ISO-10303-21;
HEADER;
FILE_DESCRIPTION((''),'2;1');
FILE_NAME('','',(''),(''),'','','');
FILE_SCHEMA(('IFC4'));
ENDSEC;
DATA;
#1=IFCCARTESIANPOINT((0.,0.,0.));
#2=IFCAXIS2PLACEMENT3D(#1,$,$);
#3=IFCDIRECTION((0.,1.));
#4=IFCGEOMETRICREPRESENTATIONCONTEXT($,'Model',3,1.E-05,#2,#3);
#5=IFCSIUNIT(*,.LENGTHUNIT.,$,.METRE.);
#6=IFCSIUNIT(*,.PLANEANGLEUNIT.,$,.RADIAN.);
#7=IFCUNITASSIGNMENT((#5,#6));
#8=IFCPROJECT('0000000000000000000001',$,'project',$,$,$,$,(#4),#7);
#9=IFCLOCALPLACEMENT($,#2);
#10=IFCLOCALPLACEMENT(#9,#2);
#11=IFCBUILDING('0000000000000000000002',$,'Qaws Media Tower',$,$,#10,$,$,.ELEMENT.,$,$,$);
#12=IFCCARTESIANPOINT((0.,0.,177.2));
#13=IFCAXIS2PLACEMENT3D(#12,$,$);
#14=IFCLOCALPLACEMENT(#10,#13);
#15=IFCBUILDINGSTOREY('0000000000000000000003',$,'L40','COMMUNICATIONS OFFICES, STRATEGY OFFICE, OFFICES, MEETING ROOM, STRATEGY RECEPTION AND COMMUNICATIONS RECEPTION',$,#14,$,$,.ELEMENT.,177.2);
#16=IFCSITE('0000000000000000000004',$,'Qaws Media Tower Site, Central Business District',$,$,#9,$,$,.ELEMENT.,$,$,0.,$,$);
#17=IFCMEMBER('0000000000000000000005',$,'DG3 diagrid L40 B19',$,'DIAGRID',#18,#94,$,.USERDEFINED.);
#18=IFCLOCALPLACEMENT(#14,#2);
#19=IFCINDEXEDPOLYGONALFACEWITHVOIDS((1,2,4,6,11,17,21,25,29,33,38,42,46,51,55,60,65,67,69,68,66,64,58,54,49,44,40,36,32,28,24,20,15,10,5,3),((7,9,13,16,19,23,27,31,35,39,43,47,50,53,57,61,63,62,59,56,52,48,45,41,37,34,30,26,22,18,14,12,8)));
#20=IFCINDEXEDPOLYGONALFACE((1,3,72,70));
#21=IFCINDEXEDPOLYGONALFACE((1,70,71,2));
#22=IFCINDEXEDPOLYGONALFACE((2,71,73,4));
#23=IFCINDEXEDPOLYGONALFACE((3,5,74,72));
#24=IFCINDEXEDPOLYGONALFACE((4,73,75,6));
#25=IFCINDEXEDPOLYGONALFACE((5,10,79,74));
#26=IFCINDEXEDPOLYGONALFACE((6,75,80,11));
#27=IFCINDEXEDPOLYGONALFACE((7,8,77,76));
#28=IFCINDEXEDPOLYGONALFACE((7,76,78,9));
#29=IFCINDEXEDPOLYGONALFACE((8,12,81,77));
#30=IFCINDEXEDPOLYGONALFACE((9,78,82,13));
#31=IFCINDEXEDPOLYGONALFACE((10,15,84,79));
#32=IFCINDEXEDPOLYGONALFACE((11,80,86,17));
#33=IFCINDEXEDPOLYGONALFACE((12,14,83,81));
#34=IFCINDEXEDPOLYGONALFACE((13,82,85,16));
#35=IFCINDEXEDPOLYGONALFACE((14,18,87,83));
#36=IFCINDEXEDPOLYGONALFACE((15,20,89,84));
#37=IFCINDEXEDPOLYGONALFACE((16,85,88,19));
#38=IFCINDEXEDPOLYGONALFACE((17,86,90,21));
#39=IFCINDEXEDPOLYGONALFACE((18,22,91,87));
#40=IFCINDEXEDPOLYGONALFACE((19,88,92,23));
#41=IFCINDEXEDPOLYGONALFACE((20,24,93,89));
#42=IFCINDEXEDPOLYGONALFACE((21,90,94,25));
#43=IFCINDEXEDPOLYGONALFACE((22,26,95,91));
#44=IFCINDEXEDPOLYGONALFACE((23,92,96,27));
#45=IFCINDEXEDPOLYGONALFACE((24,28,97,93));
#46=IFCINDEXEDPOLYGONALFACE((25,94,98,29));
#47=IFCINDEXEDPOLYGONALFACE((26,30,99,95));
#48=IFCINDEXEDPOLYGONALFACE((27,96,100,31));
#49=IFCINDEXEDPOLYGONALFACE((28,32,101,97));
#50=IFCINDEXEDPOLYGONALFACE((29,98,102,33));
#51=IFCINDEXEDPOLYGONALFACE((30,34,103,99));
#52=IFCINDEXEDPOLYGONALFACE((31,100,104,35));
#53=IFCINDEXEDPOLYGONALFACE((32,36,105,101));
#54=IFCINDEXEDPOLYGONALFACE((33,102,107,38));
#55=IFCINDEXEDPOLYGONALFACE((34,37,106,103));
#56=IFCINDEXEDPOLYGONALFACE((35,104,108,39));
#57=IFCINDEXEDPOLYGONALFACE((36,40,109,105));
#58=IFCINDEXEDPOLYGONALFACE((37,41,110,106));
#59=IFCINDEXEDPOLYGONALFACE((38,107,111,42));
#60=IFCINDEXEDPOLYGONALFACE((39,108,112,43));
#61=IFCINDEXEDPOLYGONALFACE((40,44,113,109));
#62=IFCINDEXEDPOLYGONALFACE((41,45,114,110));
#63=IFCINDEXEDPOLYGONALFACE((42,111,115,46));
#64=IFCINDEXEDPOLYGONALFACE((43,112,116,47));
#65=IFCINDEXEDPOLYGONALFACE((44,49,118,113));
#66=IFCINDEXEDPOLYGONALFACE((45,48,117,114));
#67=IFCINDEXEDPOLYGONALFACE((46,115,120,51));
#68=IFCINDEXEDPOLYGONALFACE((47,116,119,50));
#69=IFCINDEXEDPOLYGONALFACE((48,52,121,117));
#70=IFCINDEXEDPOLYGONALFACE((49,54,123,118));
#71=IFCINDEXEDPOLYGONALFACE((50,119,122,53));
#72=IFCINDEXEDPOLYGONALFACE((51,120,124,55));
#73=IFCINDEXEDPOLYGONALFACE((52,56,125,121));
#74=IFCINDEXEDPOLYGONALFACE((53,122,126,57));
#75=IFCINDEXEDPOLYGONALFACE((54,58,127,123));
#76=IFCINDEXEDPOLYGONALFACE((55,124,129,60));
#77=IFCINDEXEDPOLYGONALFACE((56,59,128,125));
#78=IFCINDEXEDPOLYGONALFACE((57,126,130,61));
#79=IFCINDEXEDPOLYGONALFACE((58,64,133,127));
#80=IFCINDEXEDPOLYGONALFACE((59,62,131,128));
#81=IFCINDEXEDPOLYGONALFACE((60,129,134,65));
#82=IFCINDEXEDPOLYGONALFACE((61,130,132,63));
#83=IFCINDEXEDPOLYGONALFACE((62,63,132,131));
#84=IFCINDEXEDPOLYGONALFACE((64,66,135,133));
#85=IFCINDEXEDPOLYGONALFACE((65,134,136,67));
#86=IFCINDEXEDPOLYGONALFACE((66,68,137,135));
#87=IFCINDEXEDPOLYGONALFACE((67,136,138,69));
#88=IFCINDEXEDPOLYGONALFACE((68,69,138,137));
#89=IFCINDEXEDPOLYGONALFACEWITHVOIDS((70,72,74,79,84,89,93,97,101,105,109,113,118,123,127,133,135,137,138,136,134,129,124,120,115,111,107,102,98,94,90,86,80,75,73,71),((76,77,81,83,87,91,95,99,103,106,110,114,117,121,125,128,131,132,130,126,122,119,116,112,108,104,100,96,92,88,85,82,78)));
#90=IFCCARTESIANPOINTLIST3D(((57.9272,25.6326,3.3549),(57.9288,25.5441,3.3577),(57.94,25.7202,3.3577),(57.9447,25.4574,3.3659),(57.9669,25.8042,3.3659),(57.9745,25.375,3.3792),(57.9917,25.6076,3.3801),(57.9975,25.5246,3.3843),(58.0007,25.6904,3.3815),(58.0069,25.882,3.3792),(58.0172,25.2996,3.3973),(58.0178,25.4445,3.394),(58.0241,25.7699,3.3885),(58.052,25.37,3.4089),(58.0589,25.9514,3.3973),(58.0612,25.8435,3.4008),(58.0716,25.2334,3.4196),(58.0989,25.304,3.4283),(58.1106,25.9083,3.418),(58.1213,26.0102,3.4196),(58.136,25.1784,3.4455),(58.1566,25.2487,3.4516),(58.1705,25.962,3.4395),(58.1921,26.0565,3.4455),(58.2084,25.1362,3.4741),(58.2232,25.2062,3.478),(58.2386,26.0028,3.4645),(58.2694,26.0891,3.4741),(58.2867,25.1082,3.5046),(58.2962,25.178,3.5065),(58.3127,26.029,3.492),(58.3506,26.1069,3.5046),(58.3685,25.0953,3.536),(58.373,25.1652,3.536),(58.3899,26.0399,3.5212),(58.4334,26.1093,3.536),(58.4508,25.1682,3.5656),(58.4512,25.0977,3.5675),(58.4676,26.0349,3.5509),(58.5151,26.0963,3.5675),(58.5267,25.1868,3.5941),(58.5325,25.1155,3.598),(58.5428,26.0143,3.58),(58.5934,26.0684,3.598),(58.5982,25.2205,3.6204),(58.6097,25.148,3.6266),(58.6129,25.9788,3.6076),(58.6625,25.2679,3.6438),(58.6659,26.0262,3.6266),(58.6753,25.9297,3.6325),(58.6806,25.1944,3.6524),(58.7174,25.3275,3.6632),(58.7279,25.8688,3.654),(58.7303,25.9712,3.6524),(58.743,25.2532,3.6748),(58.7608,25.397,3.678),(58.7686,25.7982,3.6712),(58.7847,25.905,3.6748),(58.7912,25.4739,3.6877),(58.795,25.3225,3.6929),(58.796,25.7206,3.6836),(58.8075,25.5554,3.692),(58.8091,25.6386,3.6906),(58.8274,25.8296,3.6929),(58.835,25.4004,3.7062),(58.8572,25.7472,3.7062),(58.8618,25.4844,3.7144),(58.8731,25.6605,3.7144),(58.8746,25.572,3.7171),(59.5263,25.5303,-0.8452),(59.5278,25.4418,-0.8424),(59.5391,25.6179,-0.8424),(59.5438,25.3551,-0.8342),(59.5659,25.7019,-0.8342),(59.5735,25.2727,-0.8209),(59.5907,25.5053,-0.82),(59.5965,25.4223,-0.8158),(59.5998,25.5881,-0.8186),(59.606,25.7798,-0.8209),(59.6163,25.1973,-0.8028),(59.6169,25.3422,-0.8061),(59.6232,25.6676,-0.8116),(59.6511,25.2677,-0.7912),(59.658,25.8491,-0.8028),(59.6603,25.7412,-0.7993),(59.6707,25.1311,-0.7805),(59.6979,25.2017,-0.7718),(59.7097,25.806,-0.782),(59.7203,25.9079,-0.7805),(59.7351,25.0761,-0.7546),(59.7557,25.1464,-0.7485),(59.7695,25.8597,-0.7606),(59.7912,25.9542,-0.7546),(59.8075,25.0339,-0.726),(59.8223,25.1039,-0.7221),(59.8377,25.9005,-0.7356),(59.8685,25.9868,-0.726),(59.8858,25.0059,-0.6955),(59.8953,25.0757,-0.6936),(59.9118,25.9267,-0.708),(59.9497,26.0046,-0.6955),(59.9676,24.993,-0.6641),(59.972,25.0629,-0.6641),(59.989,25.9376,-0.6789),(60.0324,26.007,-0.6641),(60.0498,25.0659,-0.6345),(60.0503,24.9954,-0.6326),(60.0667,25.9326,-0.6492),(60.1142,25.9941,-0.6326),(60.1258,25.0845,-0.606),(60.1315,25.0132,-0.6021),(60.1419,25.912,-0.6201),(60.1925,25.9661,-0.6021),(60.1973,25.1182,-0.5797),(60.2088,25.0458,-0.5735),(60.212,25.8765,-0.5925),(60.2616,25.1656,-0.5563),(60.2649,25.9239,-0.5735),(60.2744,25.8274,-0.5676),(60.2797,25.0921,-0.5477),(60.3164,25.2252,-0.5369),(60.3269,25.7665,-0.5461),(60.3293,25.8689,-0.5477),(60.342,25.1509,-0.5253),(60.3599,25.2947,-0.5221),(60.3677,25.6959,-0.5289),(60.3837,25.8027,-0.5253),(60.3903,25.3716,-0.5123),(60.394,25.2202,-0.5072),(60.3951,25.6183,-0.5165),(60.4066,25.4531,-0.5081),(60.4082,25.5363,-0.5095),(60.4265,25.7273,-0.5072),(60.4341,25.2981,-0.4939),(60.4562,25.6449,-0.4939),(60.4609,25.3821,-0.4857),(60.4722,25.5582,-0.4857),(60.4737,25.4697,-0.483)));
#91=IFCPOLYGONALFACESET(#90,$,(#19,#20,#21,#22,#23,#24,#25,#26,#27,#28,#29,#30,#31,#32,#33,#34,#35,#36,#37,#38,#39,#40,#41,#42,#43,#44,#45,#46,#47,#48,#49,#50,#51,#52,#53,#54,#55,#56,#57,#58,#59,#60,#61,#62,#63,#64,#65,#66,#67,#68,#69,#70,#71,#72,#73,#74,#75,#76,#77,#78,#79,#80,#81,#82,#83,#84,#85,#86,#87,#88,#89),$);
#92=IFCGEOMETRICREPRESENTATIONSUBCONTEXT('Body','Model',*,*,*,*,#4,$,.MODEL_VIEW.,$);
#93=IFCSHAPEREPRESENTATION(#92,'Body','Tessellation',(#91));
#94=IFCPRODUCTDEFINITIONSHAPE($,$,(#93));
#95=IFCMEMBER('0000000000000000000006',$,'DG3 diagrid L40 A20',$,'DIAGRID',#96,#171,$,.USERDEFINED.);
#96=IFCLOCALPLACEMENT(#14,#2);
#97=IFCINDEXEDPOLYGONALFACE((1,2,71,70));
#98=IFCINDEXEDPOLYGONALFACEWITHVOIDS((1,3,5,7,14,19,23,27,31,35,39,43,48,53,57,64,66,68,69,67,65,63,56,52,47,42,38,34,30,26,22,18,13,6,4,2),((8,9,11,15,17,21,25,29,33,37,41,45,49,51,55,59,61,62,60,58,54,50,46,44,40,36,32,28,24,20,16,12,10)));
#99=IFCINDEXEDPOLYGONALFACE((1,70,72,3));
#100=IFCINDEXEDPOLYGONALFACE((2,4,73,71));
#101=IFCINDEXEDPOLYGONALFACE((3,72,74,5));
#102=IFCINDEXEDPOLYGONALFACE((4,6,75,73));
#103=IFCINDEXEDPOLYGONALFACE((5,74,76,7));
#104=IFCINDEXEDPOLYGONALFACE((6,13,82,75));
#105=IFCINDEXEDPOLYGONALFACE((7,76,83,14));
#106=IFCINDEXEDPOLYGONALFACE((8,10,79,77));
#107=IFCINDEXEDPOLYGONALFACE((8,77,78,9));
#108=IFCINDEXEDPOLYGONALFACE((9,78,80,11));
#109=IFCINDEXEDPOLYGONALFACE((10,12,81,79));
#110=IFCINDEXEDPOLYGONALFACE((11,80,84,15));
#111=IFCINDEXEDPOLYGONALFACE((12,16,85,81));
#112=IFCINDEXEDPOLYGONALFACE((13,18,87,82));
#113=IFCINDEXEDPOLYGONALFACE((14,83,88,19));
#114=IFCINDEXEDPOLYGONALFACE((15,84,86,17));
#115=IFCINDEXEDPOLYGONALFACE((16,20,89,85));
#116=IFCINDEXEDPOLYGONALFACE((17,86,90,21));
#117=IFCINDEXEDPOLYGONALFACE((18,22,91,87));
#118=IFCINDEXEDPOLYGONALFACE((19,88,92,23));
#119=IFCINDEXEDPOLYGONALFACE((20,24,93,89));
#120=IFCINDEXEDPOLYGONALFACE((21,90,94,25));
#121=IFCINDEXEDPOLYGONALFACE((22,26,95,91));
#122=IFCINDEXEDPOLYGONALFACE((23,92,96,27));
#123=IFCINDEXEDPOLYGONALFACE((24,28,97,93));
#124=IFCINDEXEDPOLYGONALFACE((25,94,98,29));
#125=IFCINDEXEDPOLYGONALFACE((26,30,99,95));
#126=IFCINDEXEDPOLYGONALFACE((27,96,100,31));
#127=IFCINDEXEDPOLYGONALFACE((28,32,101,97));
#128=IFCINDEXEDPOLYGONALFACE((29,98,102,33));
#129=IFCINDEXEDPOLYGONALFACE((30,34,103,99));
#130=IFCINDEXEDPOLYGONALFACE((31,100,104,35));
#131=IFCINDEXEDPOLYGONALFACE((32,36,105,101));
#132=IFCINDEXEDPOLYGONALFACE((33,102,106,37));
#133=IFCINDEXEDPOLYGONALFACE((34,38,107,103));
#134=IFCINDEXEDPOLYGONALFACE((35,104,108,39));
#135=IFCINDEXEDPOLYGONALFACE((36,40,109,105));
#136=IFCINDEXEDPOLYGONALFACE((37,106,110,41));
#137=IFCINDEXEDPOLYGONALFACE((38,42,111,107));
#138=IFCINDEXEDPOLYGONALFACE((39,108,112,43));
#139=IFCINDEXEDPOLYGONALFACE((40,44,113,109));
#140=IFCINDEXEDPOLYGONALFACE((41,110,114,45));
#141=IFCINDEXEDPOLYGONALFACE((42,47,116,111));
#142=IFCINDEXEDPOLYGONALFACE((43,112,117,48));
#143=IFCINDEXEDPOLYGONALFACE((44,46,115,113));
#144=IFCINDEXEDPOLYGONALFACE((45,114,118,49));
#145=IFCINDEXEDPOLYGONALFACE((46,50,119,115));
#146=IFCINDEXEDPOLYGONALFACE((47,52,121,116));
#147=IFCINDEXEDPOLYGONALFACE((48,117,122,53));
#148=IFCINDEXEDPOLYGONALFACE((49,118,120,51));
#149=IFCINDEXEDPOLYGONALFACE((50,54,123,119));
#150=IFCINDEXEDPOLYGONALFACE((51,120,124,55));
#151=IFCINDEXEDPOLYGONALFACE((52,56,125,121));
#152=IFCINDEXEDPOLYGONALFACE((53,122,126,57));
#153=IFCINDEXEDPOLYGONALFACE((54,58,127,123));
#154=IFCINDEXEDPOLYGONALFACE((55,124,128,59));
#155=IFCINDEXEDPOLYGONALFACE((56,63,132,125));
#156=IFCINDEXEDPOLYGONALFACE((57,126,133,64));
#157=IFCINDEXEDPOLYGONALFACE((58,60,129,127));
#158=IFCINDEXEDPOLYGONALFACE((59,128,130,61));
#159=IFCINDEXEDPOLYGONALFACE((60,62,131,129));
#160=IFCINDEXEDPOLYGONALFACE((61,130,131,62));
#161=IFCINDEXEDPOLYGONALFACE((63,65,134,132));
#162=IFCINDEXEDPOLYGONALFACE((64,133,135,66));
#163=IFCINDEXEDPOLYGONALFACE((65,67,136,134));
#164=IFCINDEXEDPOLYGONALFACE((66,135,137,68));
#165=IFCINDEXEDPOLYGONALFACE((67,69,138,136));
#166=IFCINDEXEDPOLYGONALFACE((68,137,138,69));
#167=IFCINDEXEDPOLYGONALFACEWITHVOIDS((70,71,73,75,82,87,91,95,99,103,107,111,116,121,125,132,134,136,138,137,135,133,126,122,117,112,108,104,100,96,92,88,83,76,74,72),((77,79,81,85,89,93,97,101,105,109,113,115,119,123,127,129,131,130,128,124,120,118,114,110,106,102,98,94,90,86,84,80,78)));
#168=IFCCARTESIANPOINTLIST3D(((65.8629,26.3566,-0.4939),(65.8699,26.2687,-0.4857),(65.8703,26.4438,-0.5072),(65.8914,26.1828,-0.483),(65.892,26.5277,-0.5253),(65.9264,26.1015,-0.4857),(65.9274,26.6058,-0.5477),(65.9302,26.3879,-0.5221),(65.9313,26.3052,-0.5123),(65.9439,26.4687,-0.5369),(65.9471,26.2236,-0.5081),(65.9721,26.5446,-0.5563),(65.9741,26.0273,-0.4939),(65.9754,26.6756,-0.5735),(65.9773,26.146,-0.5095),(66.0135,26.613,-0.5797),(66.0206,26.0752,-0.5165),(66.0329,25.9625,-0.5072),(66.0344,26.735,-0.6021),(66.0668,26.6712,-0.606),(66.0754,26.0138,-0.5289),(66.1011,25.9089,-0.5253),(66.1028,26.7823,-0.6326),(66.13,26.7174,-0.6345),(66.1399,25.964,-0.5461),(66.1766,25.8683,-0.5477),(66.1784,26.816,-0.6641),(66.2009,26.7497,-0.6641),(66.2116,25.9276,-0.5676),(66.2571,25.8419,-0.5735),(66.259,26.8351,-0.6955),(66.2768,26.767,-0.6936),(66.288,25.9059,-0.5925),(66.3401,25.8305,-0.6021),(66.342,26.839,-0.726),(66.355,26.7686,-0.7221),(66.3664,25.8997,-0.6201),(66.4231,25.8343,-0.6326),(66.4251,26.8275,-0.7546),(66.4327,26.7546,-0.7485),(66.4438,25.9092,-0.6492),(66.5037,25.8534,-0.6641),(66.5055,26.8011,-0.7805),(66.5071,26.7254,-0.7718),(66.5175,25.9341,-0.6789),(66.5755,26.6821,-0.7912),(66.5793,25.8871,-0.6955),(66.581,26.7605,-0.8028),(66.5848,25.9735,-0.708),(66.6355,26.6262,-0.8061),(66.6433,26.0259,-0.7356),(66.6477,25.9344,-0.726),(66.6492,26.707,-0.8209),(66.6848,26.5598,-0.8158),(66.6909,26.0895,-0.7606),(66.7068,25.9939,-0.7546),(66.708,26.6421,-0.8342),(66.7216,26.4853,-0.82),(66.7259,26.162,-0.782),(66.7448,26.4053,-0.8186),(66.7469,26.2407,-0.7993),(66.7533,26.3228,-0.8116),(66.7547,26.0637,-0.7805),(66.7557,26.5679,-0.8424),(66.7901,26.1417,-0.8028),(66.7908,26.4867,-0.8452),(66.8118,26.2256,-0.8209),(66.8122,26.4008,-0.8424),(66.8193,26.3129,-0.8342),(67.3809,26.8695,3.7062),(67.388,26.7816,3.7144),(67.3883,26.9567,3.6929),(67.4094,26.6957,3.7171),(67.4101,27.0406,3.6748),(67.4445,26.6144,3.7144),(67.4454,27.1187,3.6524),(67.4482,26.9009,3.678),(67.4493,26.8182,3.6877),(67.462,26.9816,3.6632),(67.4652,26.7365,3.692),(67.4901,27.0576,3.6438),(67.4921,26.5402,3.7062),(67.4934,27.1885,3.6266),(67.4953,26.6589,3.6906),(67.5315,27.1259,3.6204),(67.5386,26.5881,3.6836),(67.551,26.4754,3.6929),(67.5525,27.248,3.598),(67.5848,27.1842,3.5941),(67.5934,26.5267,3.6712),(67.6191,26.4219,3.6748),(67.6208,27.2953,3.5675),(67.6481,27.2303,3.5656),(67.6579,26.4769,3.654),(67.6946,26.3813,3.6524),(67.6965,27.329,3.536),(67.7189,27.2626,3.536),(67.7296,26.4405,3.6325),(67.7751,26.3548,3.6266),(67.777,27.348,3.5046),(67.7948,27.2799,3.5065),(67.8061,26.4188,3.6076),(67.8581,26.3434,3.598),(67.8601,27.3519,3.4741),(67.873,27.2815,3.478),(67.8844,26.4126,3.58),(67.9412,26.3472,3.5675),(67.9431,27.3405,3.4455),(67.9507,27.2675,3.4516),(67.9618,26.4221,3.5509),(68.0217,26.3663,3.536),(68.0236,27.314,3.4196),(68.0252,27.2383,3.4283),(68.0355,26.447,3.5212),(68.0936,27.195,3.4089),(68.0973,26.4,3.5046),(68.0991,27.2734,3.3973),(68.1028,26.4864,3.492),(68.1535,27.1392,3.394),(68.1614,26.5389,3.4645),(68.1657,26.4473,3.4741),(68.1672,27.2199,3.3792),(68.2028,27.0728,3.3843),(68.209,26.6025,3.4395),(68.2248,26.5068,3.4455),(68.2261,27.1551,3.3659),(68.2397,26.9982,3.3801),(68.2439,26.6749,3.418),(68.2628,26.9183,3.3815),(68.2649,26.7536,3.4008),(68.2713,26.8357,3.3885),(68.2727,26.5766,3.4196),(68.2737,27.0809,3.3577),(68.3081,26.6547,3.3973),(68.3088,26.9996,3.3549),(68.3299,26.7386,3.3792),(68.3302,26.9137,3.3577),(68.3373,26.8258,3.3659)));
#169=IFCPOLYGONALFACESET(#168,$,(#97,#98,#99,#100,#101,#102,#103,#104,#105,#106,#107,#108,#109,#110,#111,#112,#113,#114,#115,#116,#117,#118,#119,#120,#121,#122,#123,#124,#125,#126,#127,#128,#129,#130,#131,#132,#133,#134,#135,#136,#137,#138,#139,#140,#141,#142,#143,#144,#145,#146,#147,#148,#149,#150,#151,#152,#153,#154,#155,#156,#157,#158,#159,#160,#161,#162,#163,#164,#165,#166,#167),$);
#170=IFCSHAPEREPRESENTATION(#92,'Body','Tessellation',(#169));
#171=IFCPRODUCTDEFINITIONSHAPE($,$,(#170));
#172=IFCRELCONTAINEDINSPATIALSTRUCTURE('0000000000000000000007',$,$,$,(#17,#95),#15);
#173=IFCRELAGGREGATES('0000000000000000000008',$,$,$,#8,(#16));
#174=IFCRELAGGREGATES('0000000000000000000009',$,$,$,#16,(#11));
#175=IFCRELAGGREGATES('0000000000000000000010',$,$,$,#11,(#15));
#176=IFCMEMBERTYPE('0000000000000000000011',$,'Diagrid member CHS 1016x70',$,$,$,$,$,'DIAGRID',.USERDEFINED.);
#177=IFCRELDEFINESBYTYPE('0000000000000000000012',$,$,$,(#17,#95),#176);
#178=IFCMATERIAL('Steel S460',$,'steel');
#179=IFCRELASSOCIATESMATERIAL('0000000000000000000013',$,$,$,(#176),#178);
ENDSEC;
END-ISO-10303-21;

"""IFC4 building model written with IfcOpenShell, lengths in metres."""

from ifc_helpers import new_model, si_unit, direction, frame, origin, origin_2d, place, context, subcontext, project, spatial, hollow_circle, extrude, material, material_profile, profile_set, type_object, element, save


model = new_model("IFC4")

# Units and contexts
model_context = context("Model", 3, precision=1e-05, world=origin(), true_north=direction((0.0, 1.0)))
body_context = subcontext(model_context, "Body", "Model", "MODEL_VIEW")
ifc_project = project(units=[si_unit("LENGTHUNIT", "METRE"), si_unit("PLANEANGLEUNIT", "RADIAN")], contexts=[model_context])

# Site, building, storey
site_placement = place(None, origin())
site = spatial("IfcSite", under=ifc_project, at=site_placement, Name="Qaws Media Tower Site, Central Business District", CompositionType="ELEMENT", RefElevation=0.0)
building_placement = place(site_placement, origin())
building = spatial("IfcBuilding", under=site, at=building_placement, Name="Qaws Media Tower", CompositionType="ELEMENT")
storey_placement = place(building_placement, frame((0.0, 0.0, 177.2)))
storey = spatial("IfcBuildingStorey", under=building, at=storey_placement, Name="L40", Description="COMMUNICATIONS OFFICES, STRATEGY OFFICE, OFFICES, MEETING ROOM, STRATEGY RECEPTION AND COMMUNICATIONS RECEPTION", CompositionType="ELEMENT", Elevation=177.2)

# Members
ifc_material_1 = material(Name="Steel S460", Category="steel")
ifc_material_profile_1 = material_profile(ifc_material_1, hollow_circle(Radius=0.5081, WallThickness=0.0701, at=origin_2d()), Name="CHS 1016x70")
ifc_profile_set_1 = profile_set([ifc_material_profile_1], Name="Steel S460")
member_type_1 = type_object("IfcMemberType", Name="Diagrid member CHS 1016x70", ElementType="DIAGRID", PredefinedType="USERDEFINED", material=ifc_profile_set_1)
for number, where, z_axis, x_axis, name in (
    (1, (60.0, 25.5, -0.6641), (-0.355718, 0.022755, 0.934316), (-0.063839, -0.99796, 0.0), "DG3 diagrid L40 B19"),
    (2, (66.3411, 26.3347, -0.6641), (0.337688, 0.114101, 0.934317), (-0.32011, 0.94738, 0.0), "DG3 diagrid L40 A20"),
):
    element("IfcMember", number, at=place(storey_placement, frame(where, z_axis=z_axis, x_axis=x_axis)), inside=storey, type_object=member_type_1, Name=name, ObjectType="DIAGRID", PredefinedType="USERDEFINED", context=body_context, shape_type="SweptSolid", body=[
        extrude(hollow_circle(Radius=0.5081, WallThickness=0.0701, at=origin_2d()), origin(), (0.0, 0.0, 1.0), 4.4954),
    ])

save(model, "model.ifc")
